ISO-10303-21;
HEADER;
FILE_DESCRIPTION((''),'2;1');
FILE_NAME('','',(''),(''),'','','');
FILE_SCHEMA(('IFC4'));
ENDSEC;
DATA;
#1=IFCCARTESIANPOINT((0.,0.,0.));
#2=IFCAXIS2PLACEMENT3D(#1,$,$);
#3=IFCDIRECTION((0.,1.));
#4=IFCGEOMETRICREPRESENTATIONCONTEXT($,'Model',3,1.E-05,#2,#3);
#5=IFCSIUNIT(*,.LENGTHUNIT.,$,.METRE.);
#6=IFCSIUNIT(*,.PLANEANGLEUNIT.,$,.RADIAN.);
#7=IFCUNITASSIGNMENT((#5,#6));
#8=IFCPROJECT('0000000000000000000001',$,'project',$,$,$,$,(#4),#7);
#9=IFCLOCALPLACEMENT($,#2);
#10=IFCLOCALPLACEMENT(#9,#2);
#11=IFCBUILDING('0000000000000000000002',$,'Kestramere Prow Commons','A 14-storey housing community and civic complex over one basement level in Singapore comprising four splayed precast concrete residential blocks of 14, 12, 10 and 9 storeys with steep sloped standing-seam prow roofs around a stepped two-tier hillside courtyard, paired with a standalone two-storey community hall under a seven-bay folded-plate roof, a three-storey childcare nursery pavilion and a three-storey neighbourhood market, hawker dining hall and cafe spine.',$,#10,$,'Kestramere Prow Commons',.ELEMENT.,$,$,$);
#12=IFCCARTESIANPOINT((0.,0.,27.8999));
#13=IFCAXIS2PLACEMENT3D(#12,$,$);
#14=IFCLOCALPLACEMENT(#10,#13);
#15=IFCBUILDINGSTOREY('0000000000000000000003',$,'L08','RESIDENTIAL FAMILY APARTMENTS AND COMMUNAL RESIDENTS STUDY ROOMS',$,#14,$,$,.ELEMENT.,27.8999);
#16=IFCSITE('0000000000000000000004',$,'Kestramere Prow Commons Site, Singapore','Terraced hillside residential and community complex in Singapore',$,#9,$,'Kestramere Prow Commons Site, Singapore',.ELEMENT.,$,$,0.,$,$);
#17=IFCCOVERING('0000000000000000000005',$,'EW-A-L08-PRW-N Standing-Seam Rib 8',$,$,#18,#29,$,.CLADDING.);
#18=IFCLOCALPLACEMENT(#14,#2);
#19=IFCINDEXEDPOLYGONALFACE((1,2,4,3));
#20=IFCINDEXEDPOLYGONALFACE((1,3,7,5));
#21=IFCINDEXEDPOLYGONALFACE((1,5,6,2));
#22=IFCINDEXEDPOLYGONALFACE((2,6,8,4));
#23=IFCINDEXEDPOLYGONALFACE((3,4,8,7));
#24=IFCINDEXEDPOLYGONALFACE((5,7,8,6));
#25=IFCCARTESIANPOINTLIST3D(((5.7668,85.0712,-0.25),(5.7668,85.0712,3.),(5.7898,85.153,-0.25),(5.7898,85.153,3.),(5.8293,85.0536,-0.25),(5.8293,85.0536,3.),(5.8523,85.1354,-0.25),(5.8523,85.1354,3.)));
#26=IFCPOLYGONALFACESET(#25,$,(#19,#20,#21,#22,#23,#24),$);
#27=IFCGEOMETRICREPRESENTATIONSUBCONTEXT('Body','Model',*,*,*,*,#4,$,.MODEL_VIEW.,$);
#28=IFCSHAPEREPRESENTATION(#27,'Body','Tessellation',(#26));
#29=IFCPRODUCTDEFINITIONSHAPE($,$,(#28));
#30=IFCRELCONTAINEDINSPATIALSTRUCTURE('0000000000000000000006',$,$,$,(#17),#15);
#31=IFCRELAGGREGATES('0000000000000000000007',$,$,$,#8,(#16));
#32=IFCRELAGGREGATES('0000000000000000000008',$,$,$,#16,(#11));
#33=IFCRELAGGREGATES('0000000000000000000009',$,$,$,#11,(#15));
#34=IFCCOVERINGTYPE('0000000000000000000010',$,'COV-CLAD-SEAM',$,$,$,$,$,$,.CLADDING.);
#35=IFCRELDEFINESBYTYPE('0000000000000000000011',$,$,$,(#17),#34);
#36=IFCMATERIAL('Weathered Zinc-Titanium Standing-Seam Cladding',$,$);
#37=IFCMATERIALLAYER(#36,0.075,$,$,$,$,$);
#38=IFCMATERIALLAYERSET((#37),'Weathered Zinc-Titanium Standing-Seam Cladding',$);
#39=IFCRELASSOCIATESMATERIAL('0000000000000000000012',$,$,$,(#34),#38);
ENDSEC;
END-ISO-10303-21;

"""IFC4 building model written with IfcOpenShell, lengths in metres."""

from ifc_helpers import new_model, si_unit, direction, frame, origin, origin_2d, place, context, subcontext, project, spatial, rectangle, extrude, material, layer, layer_set, type_object, element, save


model = new_model("IFC4")

# Units and contexts
model_context = context("Model", 3, precision=1e-05, world=origin(), true_north=direction((0.0, 1.0)))
body_context = subcontext(model_context, "Body", "Model", "MODEL_VIEW")
ifc_project = project(units=[si_unit("LENGTHUNIT", "METRE"), si_unit("PLANEANGLEUNIT", "RADIAN")], contexts=[model_context])

# Site, building, storey
site_placement = place(None, origin())
site = spatial("IfcSite", under=ifc_project, at=site_placement, Name="Kestramere Prow Commons Site, Singapore", Description="Terraced hillside residential and community complex in Singapore", LongName="Kestramere Prow Commons Site, Singapore", CompositionType="ELEMENT", RefElevation=0.0)
building_placement = place(site_placement, origin())
building = spatial("IfcBuilding", under=site, at=building_placement, Name="Kestramere Prow Commons", Description="A 14-storey housing community and civic complex over one basement level in Singapore comprising four splayed precast concrete residential blocks of 14, 12, 10 and 9 storeys with steep sloped standing-seam prow roofs around a stepped two-tier hillside courtyard, paired with a standalone two-storey community hall under a seven-bay folded-plate roof, a three-storey childcare nursery pavilion and a three-storey neighbourhood market, hawker dining hall and cafe spine.", LongName="Kestramere Prow Commons", CompositionType="ELEMENT")
storey_placement = place(building_placement, frame((0.0, 0.0, 27.8999)))
storey = spatial("IfcBuildingStorey", under=building, at=storey_placement, Name="L08", Description="RESIDENTIAL FAMILY APARTMENTS AND COMMUNAL RESIDENTS STUDY ROOMS", CompositionType="ELEMENT", Elevation=27.8999)

# Covering
ifc_material_1 = material(Name="Weathered Zinc-Titanium Standing-Seam Cladding")
ifc_layer_1 = layer(ifc_material_1, 0.075)
ifc_layer_set_1 = layer_set([ifc_layer_1], Name="Weathered Zinc-Titanium Standing-Seam Cladding")
covering_type = type_object("IfcCoveringType", Name="COV-CLAD-SEAM", PredefinedType="CLADDING", material=ifc_layer_set_1)
for number, where, z_axis, x_axis, name in (
    (1, (5.8096, 85.1033, -0.25), (0.0, 0.0, 1.0), (0.27116, 0.962534, 0.0), "EW-A-L08-PRW-N Standing-Seam Rib 8"),
):
    element("IfcCovering", number, at=place(storey_placement, frame(where, z_axis=z_axis, x_axis=x_axis)), inside=storey, type_object=covering_type, Name=name, PredefinedType="CLADDING", context=body_context, shape_type="SweptSolid", body=[
        extrude(rectangle(XDim=0.085, YDim=0.0649, at=origin_2d()), origin(), (0.0, 0.0, 1.0), 3.25),
    ])

save(model, "model.ifc")
